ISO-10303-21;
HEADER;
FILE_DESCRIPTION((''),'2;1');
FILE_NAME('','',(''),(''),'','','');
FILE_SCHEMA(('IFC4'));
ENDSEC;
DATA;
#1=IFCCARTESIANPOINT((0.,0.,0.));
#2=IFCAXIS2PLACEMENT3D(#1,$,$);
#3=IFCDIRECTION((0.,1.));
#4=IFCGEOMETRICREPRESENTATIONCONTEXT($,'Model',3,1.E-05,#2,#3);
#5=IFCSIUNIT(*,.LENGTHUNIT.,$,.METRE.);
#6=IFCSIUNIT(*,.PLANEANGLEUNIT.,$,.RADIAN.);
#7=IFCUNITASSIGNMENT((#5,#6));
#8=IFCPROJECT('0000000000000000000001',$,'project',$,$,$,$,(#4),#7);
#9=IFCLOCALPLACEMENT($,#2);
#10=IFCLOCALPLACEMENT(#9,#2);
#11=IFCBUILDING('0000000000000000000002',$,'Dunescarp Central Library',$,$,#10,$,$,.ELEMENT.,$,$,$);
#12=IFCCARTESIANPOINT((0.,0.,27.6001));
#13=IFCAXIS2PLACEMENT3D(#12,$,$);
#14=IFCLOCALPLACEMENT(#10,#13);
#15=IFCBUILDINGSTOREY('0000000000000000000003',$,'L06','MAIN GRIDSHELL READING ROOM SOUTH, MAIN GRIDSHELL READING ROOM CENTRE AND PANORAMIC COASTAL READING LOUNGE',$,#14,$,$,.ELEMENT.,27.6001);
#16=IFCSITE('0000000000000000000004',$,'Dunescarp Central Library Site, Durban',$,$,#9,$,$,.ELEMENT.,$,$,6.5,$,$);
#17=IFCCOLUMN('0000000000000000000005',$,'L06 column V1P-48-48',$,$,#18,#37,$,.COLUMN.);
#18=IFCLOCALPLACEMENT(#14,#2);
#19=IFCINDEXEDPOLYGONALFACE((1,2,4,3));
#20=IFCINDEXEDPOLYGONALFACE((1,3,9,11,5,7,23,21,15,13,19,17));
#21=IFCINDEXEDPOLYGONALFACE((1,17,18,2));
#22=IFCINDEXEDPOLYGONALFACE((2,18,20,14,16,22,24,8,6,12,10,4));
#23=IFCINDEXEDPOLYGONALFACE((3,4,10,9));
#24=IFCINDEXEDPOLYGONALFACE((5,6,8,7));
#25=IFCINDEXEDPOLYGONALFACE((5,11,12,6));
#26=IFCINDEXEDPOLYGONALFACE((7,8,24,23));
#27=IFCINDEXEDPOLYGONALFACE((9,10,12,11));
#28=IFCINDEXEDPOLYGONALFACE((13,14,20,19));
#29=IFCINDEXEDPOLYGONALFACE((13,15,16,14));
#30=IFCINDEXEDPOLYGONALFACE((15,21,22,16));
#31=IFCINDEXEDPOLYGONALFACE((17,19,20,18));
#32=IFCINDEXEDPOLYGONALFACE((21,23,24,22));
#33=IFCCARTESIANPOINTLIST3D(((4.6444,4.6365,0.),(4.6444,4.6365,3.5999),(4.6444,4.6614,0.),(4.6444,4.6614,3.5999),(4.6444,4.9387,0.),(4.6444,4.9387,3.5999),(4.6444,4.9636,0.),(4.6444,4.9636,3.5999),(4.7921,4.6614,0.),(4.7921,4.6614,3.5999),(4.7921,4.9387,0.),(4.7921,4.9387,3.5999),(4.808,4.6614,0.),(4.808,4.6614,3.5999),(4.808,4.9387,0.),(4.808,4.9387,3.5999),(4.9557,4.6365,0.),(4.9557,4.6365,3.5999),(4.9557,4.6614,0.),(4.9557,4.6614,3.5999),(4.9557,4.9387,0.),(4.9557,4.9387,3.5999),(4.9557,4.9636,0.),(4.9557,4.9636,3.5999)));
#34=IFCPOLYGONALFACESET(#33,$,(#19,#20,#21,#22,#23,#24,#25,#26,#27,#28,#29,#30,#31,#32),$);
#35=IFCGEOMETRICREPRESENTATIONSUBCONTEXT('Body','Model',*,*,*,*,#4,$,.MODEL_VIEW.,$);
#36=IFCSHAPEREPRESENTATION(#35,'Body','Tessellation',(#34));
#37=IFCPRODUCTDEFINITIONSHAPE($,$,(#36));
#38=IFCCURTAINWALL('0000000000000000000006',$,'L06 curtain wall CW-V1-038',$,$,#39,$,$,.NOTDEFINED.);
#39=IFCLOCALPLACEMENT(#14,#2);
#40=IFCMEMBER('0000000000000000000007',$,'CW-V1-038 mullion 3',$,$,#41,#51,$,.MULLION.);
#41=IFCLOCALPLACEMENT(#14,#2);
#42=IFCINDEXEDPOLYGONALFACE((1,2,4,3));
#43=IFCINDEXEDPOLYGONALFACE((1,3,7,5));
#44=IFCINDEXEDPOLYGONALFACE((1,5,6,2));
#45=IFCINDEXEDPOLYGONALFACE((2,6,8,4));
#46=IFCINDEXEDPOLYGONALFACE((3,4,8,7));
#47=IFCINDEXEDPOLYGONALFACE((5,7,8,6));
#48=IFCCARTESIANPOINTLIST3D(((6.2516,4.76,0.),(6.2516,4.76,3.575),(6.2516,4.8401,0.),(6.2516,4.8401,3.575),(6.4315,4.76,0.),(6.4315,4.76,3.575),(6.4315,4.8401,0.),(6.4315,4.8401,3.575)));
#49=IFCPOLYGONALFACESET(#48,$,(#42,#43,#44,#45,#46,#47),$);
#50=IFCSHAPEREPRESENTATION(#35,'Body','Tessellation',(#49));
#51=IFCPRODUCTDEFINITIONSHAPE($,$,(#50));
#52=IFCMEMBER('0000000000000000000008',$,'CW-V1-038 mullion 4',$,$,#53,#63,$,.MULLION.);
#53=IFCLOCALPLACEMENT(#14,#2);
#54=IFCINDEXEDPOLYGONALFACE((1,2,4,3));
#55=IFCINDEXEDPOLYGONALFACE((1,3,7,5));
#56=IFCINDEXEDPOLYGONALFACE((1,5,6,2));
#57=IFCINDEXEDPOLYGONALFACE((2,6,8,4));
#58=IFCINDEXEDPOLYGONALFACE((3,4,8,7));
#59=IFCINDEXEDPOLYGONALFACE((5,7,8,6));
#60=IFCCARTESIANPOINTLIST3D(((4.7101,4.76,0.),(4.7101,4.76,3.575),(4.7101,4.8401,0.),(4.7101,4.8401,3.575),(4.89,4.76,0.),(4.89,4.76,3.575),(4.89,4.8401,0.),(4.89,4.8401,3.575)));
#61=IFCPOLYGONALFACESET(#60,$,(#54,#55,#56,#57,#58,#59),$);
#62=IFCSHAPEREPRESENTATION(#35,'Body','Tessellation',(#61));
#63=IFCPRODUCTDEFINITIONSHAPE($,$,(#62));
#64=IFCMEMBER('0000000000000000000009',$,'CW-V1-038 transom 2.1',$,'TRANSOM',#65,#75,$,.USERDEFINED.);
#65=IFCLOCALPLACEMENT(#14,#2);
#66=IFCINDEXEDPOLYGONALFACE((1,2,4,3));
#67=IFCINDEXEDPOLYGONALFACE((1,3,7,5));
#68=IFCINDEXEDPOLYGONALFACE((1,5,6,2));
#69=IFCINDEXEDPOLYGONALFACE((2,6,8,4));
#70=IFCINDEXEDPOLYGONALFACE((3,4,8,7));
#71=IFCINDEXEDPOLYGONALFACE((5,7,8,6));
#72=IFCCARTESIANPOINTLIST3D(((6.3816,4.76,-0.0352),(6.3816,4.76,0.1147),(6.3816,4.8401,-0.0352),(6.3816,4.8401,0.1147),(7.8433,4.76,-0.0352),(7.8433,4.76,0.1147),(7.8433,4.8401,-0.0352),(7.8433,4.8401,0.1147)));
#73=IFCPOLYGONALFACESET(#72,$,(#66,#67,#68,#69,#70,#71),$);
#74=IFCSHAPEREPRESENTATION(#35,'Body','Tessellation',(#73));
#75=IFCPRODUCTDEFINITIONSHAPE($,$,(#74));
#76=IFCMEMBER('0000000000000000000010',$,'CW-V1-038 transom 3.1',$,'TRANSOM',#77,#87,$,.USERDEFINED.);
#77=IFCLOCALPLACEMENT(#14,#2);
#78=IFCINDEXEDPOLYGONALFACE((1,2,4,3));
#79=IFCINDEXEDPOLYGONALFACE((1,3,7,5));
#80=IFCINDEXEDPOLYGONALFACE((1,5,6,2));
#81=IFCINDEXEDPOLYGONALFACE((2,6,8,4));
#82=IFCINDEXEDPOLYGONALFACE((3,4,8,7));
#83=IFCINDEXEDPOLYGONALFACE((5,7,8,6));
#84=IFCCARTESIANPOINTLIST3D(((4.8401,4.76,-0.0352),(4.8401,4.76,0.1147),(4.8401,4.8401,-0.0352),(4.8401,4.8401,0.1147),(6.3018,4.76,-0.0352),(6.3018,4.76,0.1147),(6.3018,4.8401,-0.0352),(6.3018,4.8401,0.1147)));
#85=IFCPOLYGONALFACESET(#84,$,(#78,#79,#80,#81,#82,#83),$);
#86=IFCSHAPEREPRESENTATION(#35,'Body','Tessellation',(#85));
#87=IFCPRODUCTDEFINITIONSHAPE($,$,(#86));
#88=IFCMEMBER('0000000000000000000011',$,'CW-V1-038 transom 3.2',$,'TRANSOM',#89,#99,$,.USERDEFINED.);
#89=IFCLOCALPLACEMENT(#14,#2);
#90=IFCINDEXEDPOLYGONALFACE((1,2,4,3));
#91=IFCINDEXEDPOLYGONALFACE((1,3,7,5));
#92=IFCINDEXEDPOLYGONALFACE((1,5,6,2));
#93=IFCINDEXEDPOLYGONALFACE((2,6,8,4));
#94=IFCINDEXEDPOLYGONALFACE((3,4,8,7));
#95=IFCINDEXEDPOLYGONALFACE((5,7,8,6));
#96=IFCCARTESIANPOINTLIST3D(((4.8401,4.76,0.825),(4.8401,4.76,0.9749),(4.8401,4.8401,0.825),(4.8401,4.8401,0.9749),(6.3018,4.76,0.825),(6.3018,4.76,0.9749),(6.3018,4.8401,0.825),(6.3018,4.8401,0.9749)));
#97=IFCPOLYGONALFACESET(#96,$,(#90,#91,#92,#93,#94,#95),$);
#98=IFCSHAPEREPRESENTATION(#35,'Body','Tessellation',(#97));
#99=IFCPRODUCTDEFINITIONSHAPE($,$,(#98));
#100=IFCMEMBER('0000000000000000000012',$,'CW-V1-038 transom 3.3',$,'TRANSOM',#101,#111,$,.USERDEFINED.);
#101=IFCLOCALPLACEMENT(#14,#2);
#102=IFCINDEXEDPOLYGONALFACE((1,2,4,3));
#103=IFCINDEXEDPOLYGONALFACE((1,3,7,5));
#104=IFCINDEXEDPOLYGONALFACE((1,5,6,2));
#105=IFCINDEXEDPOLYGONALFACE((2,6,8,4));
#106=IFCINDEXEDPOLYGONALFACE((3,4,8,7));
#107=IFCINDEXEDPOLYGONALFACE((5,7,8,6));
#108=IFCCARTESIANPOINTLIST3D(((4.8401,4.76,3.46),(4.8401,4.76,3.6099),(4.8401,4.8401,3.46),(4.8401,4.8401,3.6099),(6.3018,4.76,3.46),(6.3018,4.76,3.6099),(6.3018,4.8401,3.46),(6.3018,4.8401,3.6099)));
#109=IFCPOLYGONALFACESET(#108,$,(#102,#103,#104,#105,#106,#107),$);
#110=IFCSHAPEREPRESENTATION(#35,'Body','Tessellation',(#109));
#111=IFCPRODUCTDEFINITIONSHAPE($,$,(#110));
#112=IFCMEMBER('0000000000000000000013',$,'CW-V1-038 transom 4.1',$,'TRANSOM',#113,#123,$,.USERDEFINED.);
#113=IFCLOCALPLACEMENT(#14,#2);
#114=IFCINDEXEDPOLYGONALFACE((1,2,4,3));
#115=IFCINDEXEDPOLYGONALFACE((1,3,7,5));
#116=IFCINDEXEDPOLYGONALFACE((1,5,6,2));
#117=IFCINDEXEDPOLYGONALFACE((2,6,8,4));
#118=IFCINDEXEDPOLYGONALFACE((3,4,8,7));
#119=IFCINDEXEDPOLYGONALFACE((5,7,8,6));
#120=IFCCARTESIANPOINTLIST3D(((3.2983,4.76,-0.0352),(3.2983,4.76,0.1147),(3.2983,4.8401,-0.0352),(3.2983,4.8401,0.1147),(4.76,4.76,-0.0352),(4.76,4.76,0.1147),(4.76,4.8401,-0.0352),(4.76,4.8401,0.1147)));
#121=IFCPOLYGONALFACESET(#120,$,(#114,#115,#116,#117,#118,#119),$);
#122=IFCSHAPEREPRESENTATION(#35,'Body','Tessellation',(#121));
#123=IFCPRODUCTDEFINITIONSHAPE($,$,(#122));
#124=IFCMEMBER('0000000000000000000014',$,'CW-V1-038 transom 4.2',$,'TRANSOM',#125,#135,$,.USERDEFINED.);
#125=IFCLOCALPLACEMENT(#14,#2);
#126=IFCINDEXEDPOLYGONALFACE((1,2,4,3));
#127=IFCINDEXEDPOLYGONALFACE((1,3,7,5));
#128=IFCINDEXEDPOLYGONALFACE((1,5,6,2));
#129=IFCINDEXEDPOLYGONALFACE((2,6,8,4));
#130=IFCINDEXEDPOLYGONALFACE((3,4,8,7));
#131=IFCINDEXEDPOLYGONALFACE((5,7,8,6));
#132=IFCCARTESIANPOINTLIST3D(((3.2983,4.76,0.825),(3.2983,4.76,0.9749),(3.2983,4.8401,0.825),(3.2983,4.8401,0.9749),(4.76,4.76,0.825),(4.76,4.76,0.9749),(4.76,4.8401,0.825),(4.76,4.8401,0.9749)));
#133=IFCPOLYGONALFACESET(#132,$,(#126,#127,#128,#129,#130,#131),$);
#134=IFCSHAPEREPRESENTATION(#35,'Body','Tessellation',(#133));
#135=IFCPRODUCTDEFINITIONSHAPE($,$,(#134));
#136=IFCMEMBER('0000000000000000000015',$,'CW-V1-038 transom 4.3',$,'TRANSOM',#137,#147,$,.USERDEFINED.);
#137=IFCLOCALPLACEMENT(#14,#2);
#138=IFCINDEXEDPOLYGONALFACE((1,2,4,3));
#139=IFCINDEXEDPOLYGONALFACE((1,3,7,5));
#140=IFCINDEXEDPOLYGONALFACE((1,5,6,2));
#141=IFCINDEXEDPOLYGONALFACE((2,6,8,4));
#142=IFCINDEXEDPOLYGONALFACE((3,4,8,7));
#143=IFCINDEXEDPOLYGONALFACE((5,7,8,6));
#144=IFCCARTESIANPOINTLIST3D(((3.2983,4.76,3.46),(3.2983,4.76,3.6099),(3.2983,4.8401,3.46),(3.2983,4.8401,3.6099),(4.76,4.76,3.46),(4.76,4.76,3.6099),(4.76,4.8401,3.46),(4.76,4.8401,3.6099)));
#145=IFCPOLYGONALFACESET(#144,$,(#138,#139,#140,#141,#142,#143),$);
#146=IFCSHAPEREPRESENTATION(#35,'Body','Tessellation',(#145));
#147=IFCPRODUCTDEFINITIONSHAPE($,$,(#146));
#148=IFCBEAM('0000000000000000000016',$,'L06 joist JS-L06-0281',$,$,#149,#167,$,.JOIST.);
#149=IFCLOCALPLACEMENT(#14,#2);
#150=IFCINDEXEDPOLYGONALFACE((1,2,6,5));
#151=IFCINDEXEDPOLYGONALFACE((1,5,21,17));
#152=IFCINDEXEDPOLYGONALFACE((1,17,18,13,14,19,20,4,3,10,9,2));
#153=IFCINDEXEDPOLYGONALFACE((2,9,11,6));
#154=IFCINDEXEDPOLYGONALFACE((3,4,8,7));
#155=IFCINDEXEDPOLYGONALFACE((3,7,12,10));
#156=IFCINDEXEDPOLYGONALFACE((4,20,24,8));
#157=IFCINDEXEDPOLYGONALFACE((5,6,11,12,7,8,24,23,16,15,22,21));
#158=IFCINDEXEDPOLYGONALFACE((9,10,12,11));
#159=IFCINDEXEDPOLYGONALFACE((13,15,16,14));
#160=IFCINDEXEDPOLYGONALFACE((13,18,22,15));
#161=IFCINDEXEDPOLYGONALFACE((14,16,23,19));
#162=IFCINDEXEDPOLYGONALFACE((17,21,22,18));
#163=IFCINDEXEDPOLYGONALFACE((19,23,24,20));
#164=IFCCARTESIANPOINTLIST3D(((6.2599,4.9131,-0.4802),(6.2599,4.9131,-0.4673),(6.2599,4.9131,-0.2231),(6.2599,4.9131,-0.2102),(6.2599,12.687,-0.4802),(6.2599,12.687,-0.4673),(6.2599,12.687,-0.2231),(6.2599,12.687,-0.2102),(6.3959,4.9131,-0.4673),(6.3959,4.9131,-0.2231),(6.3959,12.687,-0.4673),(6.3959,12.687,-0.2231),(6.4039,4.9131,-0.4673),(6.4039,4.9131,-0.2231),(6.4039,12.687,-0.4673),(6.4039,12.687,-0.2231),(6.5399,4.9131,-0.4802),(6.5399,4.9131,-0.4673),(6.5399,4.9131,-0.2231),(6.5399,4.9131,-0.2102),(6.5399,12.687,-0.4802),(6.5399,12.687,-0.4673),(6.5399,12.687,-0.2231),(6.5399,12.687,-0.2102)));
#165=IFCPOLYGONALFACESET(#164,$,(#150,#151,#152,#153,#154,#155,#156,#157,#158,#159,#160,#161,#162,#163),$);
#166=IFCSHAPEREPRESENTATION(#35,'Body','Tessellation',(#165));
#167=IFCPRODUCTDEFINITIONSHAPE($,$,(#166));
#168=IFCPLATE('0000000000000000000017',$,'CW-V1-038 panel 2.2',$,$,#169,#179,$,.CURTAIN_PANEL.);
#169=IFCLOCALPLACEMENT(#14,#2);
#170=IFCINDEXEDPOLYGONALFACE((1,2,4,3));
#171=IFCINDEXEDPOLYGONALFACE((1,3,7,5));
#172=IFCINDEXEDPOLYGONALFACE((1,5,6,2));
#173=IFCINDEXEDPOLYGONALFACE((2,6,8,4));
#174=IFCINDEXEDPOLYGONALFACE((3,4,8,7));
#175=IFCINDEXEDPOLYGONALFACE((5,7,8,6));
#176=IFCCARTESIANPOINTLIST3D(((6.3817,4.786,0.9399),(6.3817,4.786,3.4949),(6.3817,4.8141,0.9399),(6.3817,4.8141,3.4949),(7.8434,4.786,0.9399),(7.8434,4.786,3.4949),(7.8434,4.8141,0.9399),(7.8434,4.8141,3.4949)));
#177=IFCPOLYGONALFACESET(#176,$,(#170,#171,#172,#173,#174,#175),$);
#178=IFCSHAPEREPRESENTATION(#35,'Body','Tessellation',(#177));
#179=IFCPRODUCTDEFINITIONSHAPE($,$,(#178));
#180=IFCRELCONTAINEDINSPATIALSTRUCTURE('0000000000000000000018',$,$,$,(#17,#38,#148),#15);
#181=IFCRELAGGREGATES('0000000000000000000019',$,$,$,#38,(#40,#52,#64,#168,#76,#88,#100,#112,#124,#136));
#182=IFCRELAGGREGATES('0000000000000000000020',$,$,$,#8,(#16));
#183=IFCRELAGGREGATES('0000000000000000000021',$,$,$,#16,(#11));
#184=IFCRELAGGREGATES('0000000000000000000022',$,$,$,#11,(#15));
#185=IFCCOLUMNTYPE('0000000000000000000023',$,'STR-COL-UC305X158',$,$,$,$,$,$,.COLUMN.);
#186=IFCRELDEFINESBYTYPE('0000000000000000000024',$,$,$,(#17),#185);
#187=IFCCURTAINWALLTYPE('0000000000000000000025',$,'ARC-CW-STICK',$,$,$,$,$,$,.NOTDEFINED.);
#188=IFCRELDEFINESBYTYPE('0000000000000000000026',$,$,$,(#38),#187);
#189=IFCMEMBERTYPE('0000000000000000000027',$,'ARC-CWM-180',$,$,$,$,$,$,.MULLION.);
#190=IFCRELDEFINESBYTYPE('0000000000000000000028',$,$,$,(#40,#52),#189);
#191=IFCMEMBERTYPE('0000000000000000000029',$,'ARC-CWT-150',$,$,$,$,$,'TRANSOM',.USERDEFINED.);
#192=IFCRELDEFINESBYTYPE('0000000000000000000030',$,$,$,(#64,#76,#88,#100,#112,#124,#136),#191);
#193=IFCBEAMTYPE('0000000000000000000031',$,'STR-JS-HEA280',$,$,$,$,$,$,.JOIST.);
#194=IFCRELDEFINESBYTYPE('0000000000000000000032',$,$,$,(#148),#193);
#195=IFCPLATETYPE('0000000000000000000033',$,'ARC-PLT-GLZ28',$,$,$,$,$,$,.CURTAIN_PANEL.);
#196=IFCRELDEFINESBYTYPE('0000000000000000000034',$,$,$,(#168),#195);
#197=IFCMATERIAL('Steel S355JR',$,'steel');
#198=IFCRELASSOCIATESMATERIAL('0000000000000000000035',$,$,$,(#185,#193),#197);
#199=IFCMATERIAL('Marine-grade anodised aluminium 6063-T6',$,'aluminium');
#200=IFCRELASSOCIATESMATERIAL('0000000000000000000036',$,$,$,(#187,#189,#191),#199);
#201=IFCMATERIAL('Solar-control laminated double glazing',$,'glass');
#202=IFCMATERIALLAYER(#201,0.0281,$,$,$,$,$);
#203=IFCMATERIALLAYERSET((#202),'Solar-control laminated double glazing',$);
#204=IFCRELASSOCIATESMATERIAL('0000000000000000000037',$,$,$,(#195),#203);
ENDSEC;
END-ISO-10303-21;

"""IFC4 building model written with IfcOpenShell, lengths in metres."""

from ifc_helpers import new_model, si_unit, direction, frame, origin, origin_2d, place, context, subcontext, project, spatial, rectangle, i_section, extrude, material, layer, layer_set, material_profile, profile_set, type_object, element, aggregate, save


model = new_model("IFC4")

# Units and contexts
model_context = context("Model", 3, precision=1e-05, world=origin(), true_north=direction((0.0, 1.0)))
body_context = subcontext(model_context, "Body", "Model", "MODEL_VIEW")
ifc_project = project(units=[si_unit("LENGTHUNIT", "METRE"), si_unit("PLANEANGLEUNIT", "RADIAN")], contexts=[model_context])

# Site, building, storey
site_placement = place(None, origin())
site = spatial("IfcSite", under=ifc_project, at=site_placement, Name="Dunescarp Central Library Site, Durban", CompositionType="ELEMENT", RefElevation=6.5)
building_placement = place(site_placement, origin())
building = spatial("IfcBuilding", under=site, at=building_placement, Name="Dunescarp Central Library", CompositionType="ELEMENT")
storey_placement = place(building_placement, frame((0.0, 0.0, 27.6001)))
storey = spatial("IfcBuildingStorey", under=building, at=storey_placement, Name="L06", Description="MAIN GRIDSHELL READING ROOM SOUTH, MAIN GRIDSHELL READING ROOM CENTRE AND PANORAMIC COASTAL READING LOUNGE", CompositionType="ELEMENT", Elevation=27.6001)

# Column
ifc_material_1 = material(Name="Steel S355JR", Category="steel")
ifc_material_profile_1 = material_profile(ifc_material_1, i_section(OverallWidth=0.3113, OverallDepth=0.3271, WebThickness=0.0159, FlangeThickness=0.0249, at=origin_2d()), Name="UC 305x305x158")
ifc_profile_set_1 = profile_set([ifc_material_profile_1], Name="Steel S355JR")
column_type = type_object("IfcColumnType", Name="STR-COL-UC305X158", PredefinedType="COLUMN", material=ifc_profile_set_1)
column_placement = place(storey_placement, frame((4.8, 4.8, 0.0), z_axis=(0.0, 0.0, 1.0), x_axis=(1.0, 0.0, 0.0)))
element("IfcColumn", 1, at=column_placement, inside=storey, type_object=column_type, Name="L06 column V1P-48-48", PredefinedType="COLUMN", context=body_context, shape_type="SweptSolid", body=[
    extrude(i_section(OverallWidth=0.3113, OverallDepth=0.3271, WebThickness=0.0159, FlangeThickness=0.0249, at=origin_2d()), origin(), (0.0, 0.0, 1.0), 3.5999),
])

# Curtain wall, members
ifc_material_2 = material(Name="Marine-grade anodised aluminium 6063-T6", Category="aluminium")
curtain_wall_type = type_object("IfcCurtainWallType", Name="ARC-CW-STICK", PredefinedType="NOTDEFINED", material=ifc_material_2)
curtain_wall_placement = place(storey_placement, origin())
curtain_wall = element("IfcCurtainWall", 2, at=curtain_wall_placement, inside=storey, type_object=curtain_wall_type, Name="L06 curtain wall CW-V1-038", PredefinedType="NOTDEFINED")
ifc_material_profile_2 = material_profile(ifc_material_2, rectangle(XDim=0.0801, YDim=0.1799, at=origin_2d()), Name="AL 80x180")
ifc_profile_set_2 = profile_set([ifc_material_profile_2], Name="Marine-grade anodised aluminium 6063-T6")
member_type_1 = type_object("IfcMemberType", Name="ARC-CWM-180", PredefinedType="MULLION", material=ifc_profile_set_2)
member_1_placement = place(storey_placement, frame((6.3416, 4.8, 0.0), z_axis=(0.0, 0.0, 1.0), x_axis=(0.0, -1.0, 0.0)))
member_1 = element("IfcMember", 3, at=member_1_placement, type_object=member_type_1, Name="CW-V1-038 mullion 3", PredefinedType="MULLION", context=body_context, shape_type="SweptSolid", body=[
    extrude(rectangle(XDim=0.0801, YDim=0.1799, at=origin_2d()), origin(), (0.0, 0.0, 1.0), 3.575),
])
member_2_placement = place(storey_placement, frame((4.8, 4.8, 0.0), z_axis=(0.0, 0.0, 1.0), x_axis=(0.0, -1.0, 0.0)))
member_2 = element("IfcMember", 4, at=member_2_placement, type_object=member_type_1, Name="CW-V1-038 mullion 4", PredefinedType="MULLION", context=body_context, shape_type="SweptSolid", body=[
    extrude(rectangle(XDim=0.0801, YDim=0.1799, at=origin_2d()), origin(), (0.0, 0.0, 1.0), 3.575),
])
ifc_material_profile_3 = material_profile(ifc_material_2, rectangle(XDim=0.0801, YDim=0.1499, at=origin_2d()), Name="AL 80x150")
ifc_profile_set_3 = profile_set([ifc_material_profile_3], Name="Marine-grade anodised aluminium 6063-T6")
member_type_2 = type_object("IfcMemberType", Name="ARC-CWT-150", ElementType="TRANSOM", PredefinedType="USERDEFINED", material=ifc_profile_set_3)
member_3_placement = place(storey_placement, frame((7.8433, 4.8, 0.0398), z_axis=(-1.0, 0.0, 0.0), x_axis=(0.0, -1.0, 0.0)))
member_3 = element("IfcMember", 5, at=member_3_placement, type_object=member_type_2, Name="CW-V1-038 transom 2.1", ObjectType="TRANSOM", PredefinedType="USERDEFINED", context=body_context, shape_type="SweptSolid", body=[
    extrude(rectangle(XDim=0.0801, YDim=0.1499, at=origin_2d()), origin(), (0.0, 0.0, 1.0), 1.4617),
])
member_4_placement = place(storey_placement, frame((6.3018, 4.8, 0.0398), z_axis=(-1.0, 0.0, 0.0), x_axis=(0.0, -1.0, 0.0)))
member_4 = element("IfcMember", 6, at=member_4_placement, type_object=member_type_2, Name="CW-V1-038 transom 3.1", ObjectType="TRANSOM", PredefinedType="USERDEFINED", context=body_context, shape_type="SweptSolid", body=[
    extrude(rectangle(XDim=0.0801, YDim=0.1499, at=origin_2d()), origin(), (0.0, 0.0, 1.0), 1.4617),
])
member_5_placement = place(storey_placement, frame((6.3018, 4.8, 0.8999), z_axis=(-1.0, 0.0, 0.0), x_axis=(0.0, -1.0, 0.0)))
member_5 = element("IfcMember", 7, at=member_5_placement, type_object=member_type_2, Name="CW-V1-038 transom 3.2", ObjectType="TRANSOM", PredefinedType="USERDEFINED", context=body_context, shape_type="SweptSolid", body=[
    extrude(rectangle(XDim=0.0801, YDim=0.1499, at=origin_2d()), origin(), (0.0, 0.0, 1.0), 1.4617),
])
member_6_placement = place(storey_placement, frame((6.3018, 4.8, 3.5349), z_axis=(-1.0, 0.0, 0.0), x_axis=(0.0, -1.0, 0.0)))
member_6 = element("IfcMember", 8, at=member_6_placement, type_object=member_type_2, Name="CW-V1-038 transom 3.3", ObjectType="TRANSOM", PredefinedType="USERDEFINED", context=body_context, shape_type="SweptSolid", body=[
    extrude(rectangle(XDim=0.0801, YDim=0.1499, at=origin_2d()), origin(), (0.0, 0.0, 1.0), 1.4617),
])
member_7_placement = place(storey_placement, frame((4.76, 4.8, 0.0398), z_axis=(-1.0, 0.0, 0.0), x_axis=(0.0, -1.0, 0.0)))
member_7 = element("IfcMember", 9, at=member_7_placement, type_object=member_type_2, Name="CW-V1-038 transom 4.1", ObjectType="TRANSOM", PredefinedType="USERDEFINED", context=body_context, shape_type="SweptSolid", body=[
    extrude(rectangle(XDim=0.0801, YDim=0.1499, at=origin_2d()), origin(), (0.0, 0.0, 1.0), 1.4617),
])
member_8_placement = place(storey_placement, frame((4.76, 4.8, 0.8999), z_axis=(-1.0, 0.0, 0.0), x_axis=(0.0, -1.0, 0.0)))
member_8 = element("IfcMember", 10, at=member_8_placement, type_object=member_type_2, Name="CW-V1-038 transom 4.2", ObjectType="TRANSOM", PredefinedType="USERDEFINED", context=body_context, shape_type="SweptSolid", body=[
    extrude(rectangle(XDim=0.0801, YDim=0.1499, at=origin_2d()), origin(), (0.0, 0.0, 1.0), 1.4617),
])
member_9_placement = place(storey_placement, frame((4.76, 4.8, 3.5349), z_axis=(-1.0, 0.0, 0.0), x_axis=(0.0, -1.0, 0.0)))
member_9 = element("IfcMember", 11, at=member_9_placement, type_object=member_type_2, Name="CW-V1-038 transom 4.3", ObjectType="TRANSOM", PredefinedType="USERDEFINED", context=body_context, shape_type="SweptSolid", body=[
    extrude(rectangle(XDim=0.0801, YDim=0.1499, at=origin_2d()), origin(), (0.0, 0.0, 1.0), 1.4617),
])

# Beam
ifc_material_profile_4 = material_profile(ifc_material_1, i_section(OverallWidth=0.28, OverallDepth=0.27, WebThickness=0.0081, FlangeThickness=0.0129, at=origin_2d()), Name="HEA 280")
ifc_profile_set_4 = profile_set([ifc_material_profile_4], Name="Steel S355JR")
beam_type = type_object("IfcBeamType", Name="STR-JS-HEA280", PredefinedType="JOIST", material=ifc_profile_set_4)
beam_placement = place(storey_placement, frame((6.3999, 4.9131, -0.3452), z_axis=(0.0, 1.0, 0.0), x_axis=(-1.0, 0.0, 0.0)))
element("IfcBeam", 12, at=beam_placement, inside=storey, type_object=beam_type, Name="L06 joist JS-L06-0281", PredefinedType="JOIST", context=body_context, shape_type="SweptSolid", body=[
    extrude(i_section(OverallWidth=0.28, OverallDepth=0.27, WebThickness=0.0081, FlangeThickness=0.0129, at=origin_2d()), origin(), (0.0, 0.0, 1.0), 7.7739),
])

# Plate
ifc_material_3 = material(Name="Solar-control laminated double glazing", Category="glass")
ifc_layer_1 = layer(ifc_material_3, 0.0281)
ifc_layer_set_1 = layer_set([ifc_layer_1], Name="Solar-control laminated double glazing")
plate_type_1 = type_object("IfcPlateType", Name="ARC-PLT-GLZ28", PredefinedType="CURTAIN_PANEL", material=ifc_layer_set_1)
plate_1_placement = place(storey_placement, frame((7.1125, 4.8, 0.9399), z_axis=(0.0, 0.0, 1.0), x_axis=(-1.0, 0.0, 0.0)))
plate_1 = element("IfcPlate", 13, at=plate_1_placement, type_object=plate_type_1, Name="CW-V1-038 panel 2.2", PredefinedType="CURTAIN_PANEL", context=body_context, shape_type="SweptSolid", body=[
    extrude(rectangle(XDim=1.4617, YDim=0.0281, at=origin_2d()), origin(), (0.0, 0.0, 1.0), 2.5549),
])
aggregate(curtain_wall, [member_1, member_2, member_3, plate_1, member_4, member_5, member_6, member_7, member_8, member_9])

save(model, "model.ifc")
